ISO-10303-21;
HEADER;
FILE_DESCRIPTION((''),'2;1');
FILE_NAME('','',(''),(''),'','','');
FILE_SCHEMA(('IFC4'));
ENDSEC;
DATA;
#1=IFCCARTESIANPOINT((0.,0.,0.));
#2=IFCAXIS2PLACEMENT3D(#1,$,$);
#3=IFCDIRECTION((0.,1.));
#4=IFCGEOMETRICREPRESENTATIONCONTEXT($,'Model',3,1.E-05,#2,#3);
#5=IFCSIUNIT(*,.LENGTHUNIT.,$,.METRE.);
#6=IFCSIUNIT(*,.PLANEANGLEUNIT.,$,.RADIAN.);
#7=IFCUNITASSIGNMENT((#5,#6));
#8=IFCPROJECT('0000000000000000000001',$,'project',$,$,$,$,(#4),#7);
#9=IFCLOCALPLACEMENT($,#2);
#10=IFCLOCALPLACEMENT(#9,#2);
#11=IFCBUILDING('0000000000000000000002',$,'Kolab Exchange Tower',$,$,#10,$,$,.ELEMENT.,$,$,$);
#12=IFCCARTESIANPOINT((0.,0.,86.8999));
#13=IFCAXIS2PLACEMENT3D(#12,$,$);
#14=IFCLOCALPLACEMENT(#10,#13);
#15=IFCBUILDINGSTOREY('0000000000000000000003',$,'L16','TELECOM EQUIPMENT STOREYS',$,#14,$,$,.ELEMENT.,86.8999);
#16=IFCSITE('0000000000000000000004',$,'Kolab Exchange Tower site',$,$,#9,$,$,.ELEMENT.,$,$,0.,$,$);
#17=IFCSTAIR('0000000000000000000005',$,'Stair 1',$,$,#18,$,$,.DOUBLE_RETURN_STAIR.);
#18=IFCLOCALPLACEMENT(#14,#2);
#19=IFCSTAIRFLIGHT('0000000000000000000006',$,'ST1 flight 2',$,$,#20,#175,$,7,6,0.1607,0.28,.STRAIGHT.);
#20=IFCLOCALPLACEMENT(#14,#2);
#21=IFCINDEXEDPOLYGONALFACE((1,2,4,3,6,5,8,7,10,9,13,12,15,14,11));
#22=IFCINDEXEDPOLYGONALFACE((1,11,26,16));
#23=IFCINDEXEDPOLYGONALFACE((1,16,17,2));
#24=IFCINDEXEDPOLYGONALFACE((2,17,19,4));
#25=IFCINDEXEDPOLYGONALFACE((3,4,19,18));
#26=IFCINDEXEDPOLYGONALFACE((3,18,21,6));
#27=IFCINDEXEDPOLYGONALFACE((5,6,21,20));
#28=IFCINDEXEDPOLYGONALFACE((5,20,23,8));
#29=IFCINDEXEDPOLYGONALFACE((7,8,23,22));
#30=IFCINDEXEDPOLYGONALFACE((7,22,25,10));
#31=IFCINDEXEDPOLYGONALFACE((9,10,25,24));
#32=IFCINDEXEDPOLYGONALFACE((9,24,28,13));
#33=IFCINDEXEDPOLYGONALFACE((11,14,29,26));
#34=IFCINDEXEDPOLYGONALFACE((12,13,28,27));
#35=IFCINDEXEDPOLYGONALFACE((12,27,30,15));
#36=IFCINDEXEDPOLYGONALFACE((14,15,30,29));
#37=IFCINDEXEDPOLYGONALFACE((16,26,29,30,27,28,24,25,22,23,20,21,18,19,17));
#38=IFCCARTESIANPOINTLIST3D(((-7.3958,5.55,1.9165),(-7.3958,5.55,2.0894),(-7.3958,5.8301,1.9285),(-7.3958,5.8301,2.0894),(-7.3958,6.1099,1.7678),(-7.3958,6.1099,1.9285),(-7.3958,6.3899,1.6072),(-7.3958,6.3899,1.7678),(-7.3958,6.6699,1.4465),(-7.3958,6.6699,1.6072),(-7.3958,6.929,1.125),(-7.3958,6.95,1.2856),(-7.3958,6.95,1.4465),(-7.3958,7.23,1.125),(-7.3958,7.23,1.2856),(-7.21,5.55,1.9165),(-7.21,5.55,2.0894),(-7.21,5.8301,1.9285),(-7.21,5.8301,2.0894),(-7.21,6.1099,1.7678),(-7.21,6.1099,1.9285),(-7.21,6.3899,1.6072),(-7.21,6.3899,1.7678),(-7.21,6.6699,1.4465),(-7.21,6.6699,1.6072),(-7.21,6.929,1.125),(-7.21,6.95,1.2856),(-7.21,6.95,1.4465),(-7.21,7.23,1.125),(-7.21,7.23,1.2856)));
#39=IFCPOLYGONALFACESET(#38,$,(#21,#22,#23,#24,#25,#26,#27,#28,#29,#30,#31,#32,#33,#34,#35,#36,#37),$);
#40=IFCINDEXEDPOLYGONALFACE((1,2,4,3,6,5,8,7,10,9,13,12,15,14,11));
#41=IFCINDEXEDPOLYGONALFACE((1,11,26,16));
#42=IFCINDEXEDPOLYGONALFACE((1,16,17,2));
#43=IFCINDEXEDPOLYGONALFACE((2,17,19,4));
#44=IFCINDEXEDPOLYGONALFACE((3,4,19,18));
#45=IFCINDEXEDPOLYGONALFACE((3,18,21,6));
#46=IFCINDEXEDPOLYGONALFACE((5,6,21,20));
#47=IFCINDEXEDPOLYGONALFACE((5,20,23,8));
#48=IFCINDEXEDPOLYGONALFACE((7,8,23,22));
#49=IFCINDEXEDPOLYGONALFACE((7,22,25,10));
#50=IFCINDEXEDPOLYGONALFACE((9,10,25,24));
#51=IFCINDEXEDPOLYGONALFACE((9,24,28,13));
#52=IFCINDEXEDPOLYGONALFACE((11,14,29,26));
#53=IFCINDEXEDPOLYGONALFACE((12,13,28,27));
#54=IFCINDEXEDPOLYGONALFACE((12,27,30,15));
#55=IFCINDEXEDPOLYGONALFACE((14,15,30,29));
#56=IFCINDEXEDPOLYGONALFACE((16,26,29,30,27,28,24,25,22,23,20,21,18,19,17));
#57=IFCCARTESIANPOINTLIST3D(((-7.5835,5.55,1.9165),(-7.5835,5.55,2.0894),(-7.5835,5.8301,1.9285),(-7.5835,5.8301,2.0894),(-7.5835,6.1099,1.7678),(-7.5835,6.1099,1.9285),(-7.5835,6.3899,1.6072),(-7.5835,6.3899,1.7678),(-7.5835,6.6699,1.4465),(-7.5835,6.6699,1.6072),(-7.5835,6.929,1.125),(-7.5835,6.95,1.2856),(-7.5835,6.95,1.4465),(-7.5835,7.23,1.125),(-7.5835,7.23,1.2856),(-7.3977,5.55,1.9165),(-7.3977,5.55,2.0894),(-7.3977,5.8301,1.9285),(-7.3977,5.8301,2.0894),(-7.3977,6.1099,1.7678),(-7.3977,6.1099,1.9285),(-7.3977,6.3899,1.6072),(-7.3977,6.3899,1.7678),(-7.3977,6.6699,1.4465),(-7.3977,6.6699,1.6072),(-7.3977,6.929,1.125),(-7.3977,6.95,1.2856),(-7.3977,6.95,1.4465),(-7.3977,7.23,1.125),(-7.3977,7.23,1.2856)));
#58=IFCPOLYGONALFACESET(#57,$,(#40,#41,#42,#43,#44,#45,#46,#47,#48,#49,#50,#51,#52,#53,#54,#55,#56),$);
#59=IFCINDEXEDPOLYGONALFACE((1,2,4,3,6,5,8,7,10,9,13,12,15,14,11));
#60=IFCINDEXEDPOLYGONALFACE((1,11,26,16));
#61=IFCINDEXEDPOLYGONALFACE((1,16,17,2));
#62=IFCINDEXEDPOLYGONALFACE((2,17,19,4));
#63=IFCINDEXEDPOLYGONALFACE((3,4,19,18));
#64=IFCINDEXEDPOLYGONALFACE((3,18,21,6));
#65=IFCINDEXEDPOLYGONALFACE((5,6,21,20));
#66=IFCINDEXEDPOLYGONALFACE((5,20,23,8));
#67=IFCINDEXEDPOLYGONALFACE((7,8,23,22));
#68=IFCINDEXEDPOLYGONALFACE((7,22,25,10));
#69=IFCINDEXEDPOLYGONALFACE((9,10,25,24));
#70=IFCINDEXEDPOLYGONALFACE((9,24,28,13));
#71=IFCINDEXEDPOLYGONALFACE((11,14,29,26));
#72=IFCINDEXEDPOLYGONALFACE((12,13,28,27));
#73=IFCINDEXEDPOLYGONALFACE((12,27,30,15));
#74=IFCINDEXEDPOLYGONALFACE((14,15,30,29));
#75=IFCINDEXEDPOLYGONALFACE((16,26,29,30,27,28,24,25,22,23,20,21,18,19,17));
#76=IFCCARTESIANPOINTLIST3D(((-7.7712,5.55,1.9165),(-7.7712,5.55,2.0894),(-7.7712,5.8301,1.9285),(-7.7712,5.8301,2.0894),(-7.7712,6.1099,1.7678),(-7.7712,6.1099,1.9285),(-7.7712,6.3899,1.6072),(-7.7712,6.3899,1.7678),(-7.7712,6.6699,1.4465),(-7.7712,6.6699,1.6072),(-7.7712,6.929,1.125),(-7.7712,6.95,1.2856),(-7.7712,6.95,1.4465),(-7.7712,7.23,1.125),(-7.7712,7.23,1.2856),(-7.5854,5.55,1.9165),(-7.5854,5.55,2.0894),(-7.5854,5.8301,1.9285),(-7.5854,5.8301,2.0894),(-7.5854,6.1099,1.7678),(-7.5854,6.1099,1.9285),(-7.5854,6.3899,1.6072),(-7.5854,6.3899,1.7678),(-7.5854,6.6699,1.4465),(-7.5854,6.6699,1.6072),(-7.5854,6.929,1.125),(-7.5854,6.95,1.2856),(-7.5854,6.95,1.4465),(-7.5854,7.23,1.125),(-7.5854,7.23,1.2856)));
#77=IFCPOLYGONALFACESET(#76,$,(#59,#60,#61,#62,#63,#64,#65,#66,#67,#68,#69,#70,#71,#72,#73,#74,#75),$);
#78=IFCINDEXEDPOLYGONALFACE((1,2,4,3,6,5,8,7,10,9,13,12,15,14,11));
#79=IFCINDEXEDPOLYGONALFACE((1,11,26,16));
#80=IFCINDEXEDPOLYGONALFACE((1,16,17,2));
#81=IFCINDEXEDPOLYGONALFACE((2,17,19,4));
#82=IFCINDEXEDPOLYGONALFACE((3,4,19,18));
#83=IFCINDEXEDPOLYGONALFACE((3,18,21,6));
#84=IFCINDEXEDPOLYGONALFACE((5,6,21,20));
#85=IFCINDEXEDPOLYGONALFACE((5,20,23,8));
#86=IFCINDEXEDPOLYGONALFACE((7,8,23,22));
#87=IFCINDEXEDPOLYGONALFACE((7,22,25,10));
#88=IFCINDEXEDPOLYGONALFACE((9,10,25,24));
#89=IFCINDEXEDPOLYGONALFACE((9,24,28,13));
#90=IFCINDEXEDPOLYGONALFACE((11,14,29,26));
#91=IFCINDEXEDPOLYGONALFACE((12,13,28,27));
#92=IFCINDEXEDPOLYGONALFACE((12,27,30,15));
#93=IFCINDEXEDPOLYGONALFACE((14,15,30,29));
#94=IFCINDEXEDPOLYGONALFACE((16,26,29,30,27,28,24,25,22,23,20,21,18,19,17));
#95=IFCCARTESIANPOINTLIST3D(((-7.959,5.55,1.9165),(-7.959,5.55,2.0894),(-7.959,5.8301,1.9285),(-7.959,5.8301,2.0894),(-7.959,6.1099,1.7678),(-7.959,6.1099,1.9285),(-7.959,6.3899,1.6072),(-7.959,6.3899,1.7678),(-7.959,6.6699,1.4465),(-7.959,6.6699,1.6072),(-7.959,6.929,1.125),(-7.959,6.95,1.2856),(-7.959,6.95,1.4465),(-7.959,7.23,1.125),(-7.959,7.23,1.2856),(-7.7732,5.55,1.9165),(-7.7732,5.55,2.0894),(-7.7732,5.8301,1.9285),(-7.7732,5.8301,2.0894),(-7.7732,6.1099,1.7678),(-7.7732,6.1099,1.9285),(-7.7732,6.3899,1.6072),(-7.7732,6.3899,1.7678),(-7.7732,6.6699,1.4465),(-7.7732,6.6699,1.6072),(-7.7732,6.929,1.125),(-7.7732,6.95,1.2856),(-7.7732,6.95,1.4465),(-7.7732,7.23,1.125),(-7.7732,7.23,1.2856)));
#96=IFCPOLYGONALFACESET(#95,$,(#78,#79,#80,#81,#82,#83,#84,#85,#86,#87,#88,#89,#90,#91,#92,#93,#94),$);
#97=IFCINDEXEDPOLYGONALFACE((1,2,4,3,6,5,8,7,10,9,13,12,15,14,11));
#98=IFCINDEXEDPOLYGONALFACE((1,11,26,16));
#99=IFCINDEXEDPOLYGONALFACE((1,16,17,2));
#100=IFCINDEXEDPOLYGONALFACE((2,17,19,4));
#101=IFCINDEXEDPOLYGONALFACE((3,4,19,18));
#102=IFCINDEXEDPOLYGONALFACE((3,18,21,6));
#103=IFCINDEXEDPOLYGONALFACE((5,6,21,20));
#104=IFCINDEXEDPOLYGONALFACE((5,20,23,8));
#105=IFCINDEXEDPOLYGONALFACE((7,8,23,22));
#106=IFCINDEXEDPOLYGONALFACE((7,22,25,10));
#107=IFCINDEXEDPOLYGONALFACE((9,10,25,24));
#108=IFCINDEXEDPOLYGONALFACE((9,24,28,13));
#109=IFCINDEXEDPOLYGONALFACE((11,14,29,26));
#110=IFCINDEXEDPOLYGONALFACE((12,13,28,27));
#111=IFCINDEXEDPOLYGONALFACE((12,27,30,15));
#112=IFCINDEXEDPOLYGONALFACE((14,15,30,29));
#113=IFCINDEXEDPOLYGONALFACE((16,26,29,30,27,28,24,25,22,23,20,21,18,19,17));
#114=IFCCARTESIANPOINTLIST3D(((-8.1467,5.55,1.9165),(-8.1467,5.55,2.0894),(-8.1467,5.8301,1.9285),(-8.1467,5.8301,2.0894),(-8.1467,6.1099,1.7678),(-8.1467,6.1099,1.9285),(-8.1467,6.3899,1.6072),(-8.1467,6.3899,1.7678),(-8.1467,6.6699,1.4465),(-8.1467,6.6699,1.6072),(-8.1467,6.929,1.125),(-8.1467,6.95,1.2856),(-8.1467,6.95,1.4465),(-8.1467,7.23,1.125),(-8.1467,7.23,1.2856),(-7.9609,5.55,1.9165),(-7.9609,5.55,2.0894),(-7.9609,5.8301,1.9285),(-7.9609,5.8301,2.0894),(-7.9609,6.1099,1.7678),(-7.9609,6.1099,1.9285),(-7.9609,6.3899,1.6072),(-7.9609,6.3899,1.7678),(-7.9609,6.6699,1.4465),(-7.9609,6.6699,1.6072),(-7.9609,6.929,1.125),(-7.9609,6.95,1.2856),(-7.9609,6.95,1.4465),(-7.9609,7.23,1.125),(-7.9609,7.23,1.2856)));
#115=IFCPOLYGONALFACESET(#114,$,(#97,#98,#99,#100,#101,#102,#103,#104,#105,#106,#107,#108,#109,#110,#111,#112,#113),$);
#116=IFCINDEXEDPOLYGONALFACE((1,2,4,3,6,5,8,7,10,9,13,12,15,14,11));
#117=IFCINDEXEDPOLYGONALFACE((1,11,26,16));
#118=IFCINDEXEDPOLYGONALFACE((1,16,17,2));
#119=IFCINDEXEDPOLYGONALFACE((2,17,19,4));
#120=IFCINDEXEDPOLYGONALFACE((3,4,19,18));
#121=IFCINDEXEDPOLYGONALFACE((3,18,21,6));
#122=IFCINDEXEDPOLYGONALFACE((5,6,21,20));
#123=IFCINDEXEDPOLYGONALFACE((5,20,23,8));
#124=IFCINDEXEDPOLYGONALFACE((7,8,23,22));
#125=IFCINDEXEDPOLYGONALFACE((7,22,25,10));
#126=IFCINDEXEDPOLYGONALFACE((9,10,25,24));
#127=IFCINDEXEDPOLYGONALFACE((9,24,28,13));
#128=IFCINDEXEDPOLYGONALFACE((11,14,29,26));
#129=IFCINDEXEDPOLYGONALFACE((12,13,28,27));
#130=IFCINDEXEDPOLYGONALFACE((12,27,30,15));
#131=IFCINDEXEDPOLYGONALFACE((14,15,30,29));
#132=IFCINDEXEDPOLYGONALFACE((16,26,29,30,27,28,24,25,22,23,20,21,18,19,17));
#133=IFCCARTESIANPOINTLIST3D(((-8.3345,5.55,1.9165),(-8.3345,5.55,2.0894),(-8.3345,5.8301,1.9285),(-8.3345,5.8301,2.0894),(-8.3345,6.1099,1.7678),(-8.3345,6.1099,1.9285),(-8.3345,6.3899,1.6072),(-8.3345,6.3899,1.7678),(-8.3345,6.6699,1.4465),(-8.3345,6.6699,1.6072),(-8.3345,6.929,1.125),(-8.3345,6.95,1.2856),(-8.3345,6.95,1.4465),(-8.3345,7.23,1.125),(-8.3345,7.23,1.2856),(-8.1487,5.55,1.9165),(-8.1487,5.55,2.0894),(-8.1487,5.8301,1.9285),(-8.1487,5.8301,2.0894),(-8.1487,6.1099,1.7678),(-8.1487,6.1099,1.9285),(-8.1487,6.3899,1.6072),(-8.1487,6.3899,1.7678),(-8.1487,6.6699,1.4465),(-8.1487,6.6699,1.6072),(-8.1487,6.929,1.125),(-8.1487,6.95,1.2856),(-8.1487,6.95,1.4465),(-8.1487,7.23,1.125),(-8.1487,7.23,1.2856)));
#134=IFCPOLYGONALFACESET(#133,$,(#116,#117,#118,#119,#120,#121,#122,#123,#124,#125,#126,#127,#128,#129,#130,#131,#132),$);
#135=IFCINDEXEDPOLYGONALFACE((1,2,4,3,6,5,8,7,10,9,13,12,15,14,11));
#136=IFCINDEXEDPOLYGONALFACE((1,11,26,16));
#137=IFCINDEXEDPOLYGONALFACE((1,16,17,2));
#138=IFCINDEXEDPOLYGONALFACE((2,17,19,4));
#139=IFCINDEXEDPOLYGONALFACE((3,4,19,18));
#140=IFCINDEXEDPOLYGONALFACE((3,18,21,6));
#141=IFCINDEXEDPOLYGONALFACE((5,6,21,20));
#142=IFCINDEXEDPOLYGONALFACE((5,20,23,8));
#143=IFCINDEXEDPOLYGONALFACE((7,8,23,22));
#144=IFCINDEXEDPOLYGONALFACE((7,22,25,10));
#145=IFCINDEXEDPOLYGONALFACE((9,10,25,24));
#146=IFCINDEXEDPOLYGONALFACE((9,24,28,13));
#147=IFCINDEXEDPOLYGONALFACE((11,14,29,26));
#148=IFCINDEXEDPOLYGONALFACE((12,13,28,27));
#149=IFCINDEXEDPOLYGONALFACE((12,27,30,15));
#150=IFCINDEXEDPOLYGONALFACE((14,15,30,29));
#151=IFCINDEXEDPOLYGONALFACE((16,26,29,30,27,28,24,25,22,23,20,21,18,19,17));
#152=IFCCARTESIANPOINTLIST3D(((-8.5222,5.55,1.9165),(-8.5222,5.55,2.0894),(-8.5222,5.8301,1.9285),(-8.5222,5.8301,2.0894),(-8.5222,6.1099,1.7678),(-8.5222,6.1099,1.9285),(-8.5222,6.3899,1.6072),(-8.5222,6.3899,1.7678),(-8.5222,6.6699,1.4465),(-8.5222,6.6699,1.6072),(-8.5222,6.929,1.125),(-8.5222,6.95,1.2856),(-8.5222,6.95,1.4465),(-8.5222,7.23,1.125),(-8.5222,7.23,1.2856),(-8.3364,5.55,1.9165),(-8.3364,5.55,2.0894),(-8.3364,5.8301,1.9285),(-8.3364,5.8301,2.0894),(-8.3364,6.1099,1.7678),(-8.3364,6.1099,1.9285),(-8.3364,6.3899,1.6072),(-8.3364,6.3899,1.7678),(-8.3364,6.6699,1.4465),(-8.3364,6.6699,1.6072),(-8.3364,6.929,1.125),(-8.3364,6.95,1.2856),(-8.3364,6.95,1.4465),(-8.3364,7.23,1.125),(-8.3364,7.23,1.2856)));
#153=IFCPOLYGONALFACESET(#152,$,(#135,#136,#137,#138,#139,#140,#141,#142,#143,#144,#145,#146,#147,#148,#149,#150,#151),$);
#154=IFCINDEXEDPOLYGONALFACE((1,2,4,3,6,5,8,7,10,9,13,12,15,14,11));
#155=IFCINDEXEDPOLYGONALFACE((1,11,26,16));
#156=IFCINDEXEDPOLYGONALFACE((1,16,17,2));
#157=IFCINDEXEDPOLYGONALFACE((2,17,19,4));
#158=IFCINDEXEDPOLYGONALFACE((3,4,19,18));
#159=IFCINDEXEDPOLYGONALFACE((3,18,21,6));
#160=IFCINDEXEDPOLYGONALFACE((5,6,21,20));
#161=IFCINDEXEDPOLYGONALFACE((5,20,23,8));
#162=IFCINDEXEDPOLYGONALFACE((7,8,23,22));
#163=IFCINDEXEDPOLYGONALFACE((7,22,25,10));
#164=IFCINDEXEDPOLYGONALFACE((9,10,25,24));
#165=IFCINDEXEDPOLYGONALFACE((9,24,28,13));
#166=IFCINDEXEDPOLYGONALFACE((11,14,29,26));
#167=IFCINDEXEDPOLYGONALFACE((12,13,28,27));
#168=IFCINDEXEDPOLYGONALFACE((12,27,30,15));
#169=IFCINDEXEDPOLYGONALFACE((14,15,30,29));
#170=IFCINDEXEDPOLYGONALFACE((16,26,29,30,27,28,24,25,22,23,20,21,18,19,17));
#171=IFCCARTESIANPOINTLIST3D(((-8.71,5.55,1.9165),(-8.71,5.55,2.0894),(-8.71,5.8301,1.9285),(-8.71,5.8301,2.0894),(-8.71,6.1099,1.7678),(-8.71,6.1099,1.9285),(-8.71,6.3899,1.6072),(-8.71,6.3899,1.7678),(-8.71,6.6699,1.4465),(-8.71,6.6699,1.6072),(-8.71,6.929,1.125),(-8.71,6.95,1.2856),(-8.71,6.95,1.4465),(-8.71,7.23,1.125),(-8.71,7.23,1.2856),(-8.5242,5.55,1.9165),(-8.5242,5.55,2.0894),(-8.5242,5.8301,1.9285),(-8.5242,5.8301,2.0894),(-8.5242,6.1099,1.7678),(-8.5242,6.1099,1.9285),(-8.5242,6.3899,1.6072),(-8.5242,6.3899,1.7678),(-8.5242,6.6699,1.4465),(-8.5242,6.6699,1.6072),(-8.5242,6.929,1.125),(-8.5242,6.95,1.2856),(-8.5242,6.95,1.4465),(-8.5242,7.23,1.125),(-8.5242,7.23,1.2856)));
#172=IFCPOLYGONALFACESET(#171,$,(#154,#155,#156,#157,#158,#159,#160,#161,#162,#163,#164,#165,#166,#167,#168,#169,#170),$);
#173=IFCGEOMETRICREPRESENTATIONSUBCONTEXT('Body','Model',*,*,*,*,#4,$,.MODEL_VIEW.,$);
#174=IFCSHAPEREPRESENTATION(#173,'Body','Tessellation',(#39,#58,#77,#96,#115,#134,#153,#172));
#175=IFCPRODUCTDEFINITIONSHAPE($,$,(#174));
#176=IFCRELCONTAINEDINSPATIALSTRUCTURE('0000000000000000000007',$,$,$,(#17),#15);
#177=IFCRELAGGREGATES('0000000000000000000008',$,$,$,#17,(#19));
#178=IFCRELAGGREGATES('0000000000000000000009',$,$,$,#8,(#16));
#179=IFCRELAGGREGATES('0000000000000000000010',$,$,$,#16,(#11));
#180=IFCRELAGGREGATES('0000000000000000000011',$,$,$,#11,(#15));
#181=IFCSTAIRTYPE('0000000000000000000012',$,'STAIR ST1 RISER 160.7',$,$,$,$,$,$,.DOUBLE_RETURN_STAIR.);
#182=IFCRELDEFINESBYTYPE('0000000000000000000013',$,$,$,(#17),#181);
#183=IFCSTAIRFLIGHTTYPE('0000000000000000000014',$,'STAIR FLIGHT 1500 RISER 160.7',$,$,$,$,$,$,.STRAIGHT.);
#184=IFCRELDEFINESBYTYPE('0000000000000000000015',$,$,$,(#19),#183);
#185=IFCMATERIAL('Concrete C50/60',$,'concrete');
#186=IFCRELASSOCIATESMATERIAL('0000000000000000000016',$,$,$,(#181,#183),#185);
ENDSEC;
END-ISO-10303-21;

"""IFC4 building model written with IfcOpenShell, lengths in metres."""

from ifc_helpers import new_model, si_unit, direction, frame, origin, place, context, subcontext, project, spatial, polyline, outline, extrude, material, type_object, element, aggregate, save


model = new_model("IFC4")

# Units and contexts
model_context = context("Model", 3, precision=1e-05, world=origin(), true_north=direction((0.0, 1.0)))
body_context = subcontext(model_context, "Body", "Model", "MODEL_VIEW")
ifc_project = project(units=[si_unit("LENGTHUNIT", "METRE"), si_unit("PLANEANGLEUNIT", "RADIAN")], contexts=[model_context])

# Site, building, storey
site_placement = place(None, origin())
site = spatial("IfcSite", under=ifc_project, at=site_placement, Name="Kolab Exchange Tower site", CompositionType="ELEMENT", RefElevation=0.0)
building_placement = place(site_placement, origin())
building = spatial("IfcBuilding", under=site, at=building_placement, Name="Kolab Exchange Tower", CompositionType="ELEMENT")
storey_placement = place(building_placement, frame((0.0, 0.0, 86.8999)))
storey = spatial("IfcBuildingStorey", under=building, at=storey_placement, Name="L16", Description="TELECOM EQUIPMENT STOREYS", CompositionType="ELEMENT", Elevation=86.8999)

# Shared definitions
ifc_material_1 = material(Name="Concrete C50/60", Category="concrete")

# Stair, stair flight
stair_type = type_object("IfcStairType", Name="STAIR ST1 RISER 160.7", PredefinedType="DOUBLE_RETURN_STAIR", material=ifc_material_1)
stair_placement = place(storey_placement, origin())
stair = element("IfcStair", 1, at=stair_placement, inside=storey, type_object=stair_type, Name="Stair 1", PredefinedType="DOUBLE_RETURN_STAIR")
stair_flight_type = type_object("IfcStairFlightType", Name="STAIR FLIGHT 1500 RISER 160.7", PredefinedType="STRAIGHT", material=ifc_material_1)
stair_flight_1_placement = place(storey_placement, frame((-7.96, 7.23, 1.125), z_axis=(0.0, 0.0, 1.0), x_axis=(0.0, -1.0, 0.0)))
stair_flight_1 = element("IfcStairFlight", 2, at=stair_flight_1_placement, type_object=stair_flight_type, Name="ST1 flight 2", NumberOfRisers=7, NumberOfTreads=6, PredefinedType="STRAIGHT", RiserHeight=0.1607, TreadLength=0.28, context=body_context, shape_type="SweptSolid", body=[
    extrude(outline(polyline([(0.0, 0.0), (0.0, 0.1606), (0.28, 0.1606), (0.28, 0.3215), (0.5601, 0.3215), (0.5601, 0.4822), (0.8401, 0.4822), (0.8401, 0.6428), (1.1201, 0.6428), (1.1201, 0.8035), (1.3999, 0.8035), (1.3999, 0.9644), (1.6799, 0.9644), (1.6799, 1.125), (1.6799, 0.7915), (0.301, 0.0), (0.0, 0.0)])), frame((0.0, 0.75, 0.0), z_axis=(0.0, -1.0, 0.0), x_axis=(1.0, 0.0, 0.0)), (0.0, 0.0, 1.0), 0.1858),
    extrude(outline(polyline([(0.0, 0.0), (0.0, 0.1606), (0.28, 0.1606), (0.28, 0.3215), (0.5601, 0.3215), (0.5601, 0.4822), (0.8401, 0.4822), (0.8401, 0.6428), (1.1201, 0.6428), (1.1201, 0.8035), (1.3999, 0.8035), (1.3999, 0.9644), (1.6799, 0.9644), (1.6799, 1.125), (1.6799, 0.7915), (0.301, 0.0), (0.0, 0.0)])), frame((0.0, 0.5623, 0.0), z_axis=(0.0, -1.0, 0.0), x_axis=(1.0, 0.0, 0.0)), (0.0, 0.0, 1.0), 0.1858),
    extrude(outline(polyline([(0.0, 0.0), (0.0, 0.1606), (0.28, 0.1606), (0.28, 0.3215), (0.5601, 0.3215), (0.5601, 0.4822), (0.8401, 0.4822), (0.8401, 0.6428), (1.1201, 0.6428), (1.1201, 0.8035), (1.3999, 0.8035), (1.3999, 0.9644), (1.6799, 0.9644), (1.6799, 1.125), (1.6799, 0.7915), (0.301, 0.0), (0.0, 0.0)])), frame((0.0, 0.3745, 0.0), z_axis=(0.0, -1.0, 0.0), x_axis=(1.0, 0.0, 0.0)), (0.0, 0.0, 1.0), 0.1858),
    extrude(outline(polyline([(0.0, 0.0), (0.0, 0.1606), (0.28, 0.1606), (0.28, 0.3215), (0.5601, 0.3215), (0.5601, 0.4822), (0.8401, 0.4822), (0.8401, 0.6428), (1.1201, 0.6428), (1.1201, 0.8035), (1.3999, 0.8035), (1.3999, 0.9644), (1.6799, 0.9644), (1.6799, 1.125), (1.6799, 0.7915), (0.301, 0.0), (0.0, 0.0)])), frame((0.0, 0.1868, 0.0), z_axis=(0.0, -1.0, 0.0), x_axis=(1.0, 0.0, 0.0)), (0.0, 0.0, 1.0), 0.1858),
    extrude(outline(polyline([(0.0, 0.0), (0.0, 0.1606), (0.28, 0.1606), (0.28, 0.3215), (0.5601, 0.3215), (0.5601, 0.4822), (0.8401, 0.4822), (0.8401, 0.6428), (1.1201, 0.6428), (1.1201, 0.8035), (1.3999, 0.8035), (1.3999, 0.9644), (1.6799, 0.9644), (1.6799, 1.125), (1.6799, 0.7915), (0.301, 0.0), (0.0, 0.0)])), frame((0.0, -0.001, 0.0), z_axis=(0.0, -1.0, 0.0), x_axis=(1.0, 0.0, 0.0)), (0.0, 0.0, 1.0), 0.1858),
    extrude(outline(polyline([(0.0, 0.0), (0.0, 0.1606), (0.28, 0.1606), (0.28, 0.3215), (0.5601, 0.3215), (0.5601, 0.4822), (0.8401, 0.4822), (0.8401, 0.6428), (1.1201, 0.6428), (1.1201, 0.8035), (1.3999, 0.8035), (1.3999, 0.9644), (1.6799, 0.9644), (1.6799, 1.125), (1.6799, 0.7915), (0.301, 0.0), (0.0, 0.0)])), frame((0.0, -0.1887, 0.0), z_axis=(0.0, -1.0, 0.0), x_axis=(1.0, 0.0, 0.0)), (0.0, 0.0, 1.0), 0.1858),
    extrude(outline(polyline([(0.0, 0.0), (0.0, 0.1606), (0.28, 0.1606), (0.28, 0.3215), (0.5601, 0.3215), (0.5601, 0.4822), (0.8401, 0.4822), (0.8401, 0.6428), (1.1201, 0.6428), (1.1201, 0.8035), (1.3999, 0.8035), (1.3999, 0.9644), (1.6799, 0.9644), (1.6799, 1.125), (1.6799, 0.7915), (0.301, 0.0), (0.0, 0.0)])), frame((0.0, -0.3765, 0.0), z_axis=(0.0, -1.0, 0.0), x_axis=(1.0, 0.0, 0.0)), (0.0, 0.0, 1.0), 0.1858),
    extrude(outline(polyline([(0.0, 0.0), (0.0, 0.1606), (0.28, 0.1606), (0.28, 0.3215), (0.5601, 0.3215), (0.5601, 0.4822), (0.8401, 0.4822), (0.8401, 0.6428), (1.1201, 0.6428), (1.1201, 0.8035), (1.3999, 0.8035), (1.3999, 0.9644), (1.6799, 0.9644), (1.6799, 1.125), (1.6799, 0.7915), (0.301, 0.0), (0.0, 0.0)])), frame((0.0, -0.5642, 0.0), z_axis=(0.0, -1.0, 0.0), x_axis=(1.0, 0.0, 0.0)), (0.0, 0.0, 1.0), 0.1858),
])
aggregate(stair, [stair_flight_1])

save(model, "model.ifc")
